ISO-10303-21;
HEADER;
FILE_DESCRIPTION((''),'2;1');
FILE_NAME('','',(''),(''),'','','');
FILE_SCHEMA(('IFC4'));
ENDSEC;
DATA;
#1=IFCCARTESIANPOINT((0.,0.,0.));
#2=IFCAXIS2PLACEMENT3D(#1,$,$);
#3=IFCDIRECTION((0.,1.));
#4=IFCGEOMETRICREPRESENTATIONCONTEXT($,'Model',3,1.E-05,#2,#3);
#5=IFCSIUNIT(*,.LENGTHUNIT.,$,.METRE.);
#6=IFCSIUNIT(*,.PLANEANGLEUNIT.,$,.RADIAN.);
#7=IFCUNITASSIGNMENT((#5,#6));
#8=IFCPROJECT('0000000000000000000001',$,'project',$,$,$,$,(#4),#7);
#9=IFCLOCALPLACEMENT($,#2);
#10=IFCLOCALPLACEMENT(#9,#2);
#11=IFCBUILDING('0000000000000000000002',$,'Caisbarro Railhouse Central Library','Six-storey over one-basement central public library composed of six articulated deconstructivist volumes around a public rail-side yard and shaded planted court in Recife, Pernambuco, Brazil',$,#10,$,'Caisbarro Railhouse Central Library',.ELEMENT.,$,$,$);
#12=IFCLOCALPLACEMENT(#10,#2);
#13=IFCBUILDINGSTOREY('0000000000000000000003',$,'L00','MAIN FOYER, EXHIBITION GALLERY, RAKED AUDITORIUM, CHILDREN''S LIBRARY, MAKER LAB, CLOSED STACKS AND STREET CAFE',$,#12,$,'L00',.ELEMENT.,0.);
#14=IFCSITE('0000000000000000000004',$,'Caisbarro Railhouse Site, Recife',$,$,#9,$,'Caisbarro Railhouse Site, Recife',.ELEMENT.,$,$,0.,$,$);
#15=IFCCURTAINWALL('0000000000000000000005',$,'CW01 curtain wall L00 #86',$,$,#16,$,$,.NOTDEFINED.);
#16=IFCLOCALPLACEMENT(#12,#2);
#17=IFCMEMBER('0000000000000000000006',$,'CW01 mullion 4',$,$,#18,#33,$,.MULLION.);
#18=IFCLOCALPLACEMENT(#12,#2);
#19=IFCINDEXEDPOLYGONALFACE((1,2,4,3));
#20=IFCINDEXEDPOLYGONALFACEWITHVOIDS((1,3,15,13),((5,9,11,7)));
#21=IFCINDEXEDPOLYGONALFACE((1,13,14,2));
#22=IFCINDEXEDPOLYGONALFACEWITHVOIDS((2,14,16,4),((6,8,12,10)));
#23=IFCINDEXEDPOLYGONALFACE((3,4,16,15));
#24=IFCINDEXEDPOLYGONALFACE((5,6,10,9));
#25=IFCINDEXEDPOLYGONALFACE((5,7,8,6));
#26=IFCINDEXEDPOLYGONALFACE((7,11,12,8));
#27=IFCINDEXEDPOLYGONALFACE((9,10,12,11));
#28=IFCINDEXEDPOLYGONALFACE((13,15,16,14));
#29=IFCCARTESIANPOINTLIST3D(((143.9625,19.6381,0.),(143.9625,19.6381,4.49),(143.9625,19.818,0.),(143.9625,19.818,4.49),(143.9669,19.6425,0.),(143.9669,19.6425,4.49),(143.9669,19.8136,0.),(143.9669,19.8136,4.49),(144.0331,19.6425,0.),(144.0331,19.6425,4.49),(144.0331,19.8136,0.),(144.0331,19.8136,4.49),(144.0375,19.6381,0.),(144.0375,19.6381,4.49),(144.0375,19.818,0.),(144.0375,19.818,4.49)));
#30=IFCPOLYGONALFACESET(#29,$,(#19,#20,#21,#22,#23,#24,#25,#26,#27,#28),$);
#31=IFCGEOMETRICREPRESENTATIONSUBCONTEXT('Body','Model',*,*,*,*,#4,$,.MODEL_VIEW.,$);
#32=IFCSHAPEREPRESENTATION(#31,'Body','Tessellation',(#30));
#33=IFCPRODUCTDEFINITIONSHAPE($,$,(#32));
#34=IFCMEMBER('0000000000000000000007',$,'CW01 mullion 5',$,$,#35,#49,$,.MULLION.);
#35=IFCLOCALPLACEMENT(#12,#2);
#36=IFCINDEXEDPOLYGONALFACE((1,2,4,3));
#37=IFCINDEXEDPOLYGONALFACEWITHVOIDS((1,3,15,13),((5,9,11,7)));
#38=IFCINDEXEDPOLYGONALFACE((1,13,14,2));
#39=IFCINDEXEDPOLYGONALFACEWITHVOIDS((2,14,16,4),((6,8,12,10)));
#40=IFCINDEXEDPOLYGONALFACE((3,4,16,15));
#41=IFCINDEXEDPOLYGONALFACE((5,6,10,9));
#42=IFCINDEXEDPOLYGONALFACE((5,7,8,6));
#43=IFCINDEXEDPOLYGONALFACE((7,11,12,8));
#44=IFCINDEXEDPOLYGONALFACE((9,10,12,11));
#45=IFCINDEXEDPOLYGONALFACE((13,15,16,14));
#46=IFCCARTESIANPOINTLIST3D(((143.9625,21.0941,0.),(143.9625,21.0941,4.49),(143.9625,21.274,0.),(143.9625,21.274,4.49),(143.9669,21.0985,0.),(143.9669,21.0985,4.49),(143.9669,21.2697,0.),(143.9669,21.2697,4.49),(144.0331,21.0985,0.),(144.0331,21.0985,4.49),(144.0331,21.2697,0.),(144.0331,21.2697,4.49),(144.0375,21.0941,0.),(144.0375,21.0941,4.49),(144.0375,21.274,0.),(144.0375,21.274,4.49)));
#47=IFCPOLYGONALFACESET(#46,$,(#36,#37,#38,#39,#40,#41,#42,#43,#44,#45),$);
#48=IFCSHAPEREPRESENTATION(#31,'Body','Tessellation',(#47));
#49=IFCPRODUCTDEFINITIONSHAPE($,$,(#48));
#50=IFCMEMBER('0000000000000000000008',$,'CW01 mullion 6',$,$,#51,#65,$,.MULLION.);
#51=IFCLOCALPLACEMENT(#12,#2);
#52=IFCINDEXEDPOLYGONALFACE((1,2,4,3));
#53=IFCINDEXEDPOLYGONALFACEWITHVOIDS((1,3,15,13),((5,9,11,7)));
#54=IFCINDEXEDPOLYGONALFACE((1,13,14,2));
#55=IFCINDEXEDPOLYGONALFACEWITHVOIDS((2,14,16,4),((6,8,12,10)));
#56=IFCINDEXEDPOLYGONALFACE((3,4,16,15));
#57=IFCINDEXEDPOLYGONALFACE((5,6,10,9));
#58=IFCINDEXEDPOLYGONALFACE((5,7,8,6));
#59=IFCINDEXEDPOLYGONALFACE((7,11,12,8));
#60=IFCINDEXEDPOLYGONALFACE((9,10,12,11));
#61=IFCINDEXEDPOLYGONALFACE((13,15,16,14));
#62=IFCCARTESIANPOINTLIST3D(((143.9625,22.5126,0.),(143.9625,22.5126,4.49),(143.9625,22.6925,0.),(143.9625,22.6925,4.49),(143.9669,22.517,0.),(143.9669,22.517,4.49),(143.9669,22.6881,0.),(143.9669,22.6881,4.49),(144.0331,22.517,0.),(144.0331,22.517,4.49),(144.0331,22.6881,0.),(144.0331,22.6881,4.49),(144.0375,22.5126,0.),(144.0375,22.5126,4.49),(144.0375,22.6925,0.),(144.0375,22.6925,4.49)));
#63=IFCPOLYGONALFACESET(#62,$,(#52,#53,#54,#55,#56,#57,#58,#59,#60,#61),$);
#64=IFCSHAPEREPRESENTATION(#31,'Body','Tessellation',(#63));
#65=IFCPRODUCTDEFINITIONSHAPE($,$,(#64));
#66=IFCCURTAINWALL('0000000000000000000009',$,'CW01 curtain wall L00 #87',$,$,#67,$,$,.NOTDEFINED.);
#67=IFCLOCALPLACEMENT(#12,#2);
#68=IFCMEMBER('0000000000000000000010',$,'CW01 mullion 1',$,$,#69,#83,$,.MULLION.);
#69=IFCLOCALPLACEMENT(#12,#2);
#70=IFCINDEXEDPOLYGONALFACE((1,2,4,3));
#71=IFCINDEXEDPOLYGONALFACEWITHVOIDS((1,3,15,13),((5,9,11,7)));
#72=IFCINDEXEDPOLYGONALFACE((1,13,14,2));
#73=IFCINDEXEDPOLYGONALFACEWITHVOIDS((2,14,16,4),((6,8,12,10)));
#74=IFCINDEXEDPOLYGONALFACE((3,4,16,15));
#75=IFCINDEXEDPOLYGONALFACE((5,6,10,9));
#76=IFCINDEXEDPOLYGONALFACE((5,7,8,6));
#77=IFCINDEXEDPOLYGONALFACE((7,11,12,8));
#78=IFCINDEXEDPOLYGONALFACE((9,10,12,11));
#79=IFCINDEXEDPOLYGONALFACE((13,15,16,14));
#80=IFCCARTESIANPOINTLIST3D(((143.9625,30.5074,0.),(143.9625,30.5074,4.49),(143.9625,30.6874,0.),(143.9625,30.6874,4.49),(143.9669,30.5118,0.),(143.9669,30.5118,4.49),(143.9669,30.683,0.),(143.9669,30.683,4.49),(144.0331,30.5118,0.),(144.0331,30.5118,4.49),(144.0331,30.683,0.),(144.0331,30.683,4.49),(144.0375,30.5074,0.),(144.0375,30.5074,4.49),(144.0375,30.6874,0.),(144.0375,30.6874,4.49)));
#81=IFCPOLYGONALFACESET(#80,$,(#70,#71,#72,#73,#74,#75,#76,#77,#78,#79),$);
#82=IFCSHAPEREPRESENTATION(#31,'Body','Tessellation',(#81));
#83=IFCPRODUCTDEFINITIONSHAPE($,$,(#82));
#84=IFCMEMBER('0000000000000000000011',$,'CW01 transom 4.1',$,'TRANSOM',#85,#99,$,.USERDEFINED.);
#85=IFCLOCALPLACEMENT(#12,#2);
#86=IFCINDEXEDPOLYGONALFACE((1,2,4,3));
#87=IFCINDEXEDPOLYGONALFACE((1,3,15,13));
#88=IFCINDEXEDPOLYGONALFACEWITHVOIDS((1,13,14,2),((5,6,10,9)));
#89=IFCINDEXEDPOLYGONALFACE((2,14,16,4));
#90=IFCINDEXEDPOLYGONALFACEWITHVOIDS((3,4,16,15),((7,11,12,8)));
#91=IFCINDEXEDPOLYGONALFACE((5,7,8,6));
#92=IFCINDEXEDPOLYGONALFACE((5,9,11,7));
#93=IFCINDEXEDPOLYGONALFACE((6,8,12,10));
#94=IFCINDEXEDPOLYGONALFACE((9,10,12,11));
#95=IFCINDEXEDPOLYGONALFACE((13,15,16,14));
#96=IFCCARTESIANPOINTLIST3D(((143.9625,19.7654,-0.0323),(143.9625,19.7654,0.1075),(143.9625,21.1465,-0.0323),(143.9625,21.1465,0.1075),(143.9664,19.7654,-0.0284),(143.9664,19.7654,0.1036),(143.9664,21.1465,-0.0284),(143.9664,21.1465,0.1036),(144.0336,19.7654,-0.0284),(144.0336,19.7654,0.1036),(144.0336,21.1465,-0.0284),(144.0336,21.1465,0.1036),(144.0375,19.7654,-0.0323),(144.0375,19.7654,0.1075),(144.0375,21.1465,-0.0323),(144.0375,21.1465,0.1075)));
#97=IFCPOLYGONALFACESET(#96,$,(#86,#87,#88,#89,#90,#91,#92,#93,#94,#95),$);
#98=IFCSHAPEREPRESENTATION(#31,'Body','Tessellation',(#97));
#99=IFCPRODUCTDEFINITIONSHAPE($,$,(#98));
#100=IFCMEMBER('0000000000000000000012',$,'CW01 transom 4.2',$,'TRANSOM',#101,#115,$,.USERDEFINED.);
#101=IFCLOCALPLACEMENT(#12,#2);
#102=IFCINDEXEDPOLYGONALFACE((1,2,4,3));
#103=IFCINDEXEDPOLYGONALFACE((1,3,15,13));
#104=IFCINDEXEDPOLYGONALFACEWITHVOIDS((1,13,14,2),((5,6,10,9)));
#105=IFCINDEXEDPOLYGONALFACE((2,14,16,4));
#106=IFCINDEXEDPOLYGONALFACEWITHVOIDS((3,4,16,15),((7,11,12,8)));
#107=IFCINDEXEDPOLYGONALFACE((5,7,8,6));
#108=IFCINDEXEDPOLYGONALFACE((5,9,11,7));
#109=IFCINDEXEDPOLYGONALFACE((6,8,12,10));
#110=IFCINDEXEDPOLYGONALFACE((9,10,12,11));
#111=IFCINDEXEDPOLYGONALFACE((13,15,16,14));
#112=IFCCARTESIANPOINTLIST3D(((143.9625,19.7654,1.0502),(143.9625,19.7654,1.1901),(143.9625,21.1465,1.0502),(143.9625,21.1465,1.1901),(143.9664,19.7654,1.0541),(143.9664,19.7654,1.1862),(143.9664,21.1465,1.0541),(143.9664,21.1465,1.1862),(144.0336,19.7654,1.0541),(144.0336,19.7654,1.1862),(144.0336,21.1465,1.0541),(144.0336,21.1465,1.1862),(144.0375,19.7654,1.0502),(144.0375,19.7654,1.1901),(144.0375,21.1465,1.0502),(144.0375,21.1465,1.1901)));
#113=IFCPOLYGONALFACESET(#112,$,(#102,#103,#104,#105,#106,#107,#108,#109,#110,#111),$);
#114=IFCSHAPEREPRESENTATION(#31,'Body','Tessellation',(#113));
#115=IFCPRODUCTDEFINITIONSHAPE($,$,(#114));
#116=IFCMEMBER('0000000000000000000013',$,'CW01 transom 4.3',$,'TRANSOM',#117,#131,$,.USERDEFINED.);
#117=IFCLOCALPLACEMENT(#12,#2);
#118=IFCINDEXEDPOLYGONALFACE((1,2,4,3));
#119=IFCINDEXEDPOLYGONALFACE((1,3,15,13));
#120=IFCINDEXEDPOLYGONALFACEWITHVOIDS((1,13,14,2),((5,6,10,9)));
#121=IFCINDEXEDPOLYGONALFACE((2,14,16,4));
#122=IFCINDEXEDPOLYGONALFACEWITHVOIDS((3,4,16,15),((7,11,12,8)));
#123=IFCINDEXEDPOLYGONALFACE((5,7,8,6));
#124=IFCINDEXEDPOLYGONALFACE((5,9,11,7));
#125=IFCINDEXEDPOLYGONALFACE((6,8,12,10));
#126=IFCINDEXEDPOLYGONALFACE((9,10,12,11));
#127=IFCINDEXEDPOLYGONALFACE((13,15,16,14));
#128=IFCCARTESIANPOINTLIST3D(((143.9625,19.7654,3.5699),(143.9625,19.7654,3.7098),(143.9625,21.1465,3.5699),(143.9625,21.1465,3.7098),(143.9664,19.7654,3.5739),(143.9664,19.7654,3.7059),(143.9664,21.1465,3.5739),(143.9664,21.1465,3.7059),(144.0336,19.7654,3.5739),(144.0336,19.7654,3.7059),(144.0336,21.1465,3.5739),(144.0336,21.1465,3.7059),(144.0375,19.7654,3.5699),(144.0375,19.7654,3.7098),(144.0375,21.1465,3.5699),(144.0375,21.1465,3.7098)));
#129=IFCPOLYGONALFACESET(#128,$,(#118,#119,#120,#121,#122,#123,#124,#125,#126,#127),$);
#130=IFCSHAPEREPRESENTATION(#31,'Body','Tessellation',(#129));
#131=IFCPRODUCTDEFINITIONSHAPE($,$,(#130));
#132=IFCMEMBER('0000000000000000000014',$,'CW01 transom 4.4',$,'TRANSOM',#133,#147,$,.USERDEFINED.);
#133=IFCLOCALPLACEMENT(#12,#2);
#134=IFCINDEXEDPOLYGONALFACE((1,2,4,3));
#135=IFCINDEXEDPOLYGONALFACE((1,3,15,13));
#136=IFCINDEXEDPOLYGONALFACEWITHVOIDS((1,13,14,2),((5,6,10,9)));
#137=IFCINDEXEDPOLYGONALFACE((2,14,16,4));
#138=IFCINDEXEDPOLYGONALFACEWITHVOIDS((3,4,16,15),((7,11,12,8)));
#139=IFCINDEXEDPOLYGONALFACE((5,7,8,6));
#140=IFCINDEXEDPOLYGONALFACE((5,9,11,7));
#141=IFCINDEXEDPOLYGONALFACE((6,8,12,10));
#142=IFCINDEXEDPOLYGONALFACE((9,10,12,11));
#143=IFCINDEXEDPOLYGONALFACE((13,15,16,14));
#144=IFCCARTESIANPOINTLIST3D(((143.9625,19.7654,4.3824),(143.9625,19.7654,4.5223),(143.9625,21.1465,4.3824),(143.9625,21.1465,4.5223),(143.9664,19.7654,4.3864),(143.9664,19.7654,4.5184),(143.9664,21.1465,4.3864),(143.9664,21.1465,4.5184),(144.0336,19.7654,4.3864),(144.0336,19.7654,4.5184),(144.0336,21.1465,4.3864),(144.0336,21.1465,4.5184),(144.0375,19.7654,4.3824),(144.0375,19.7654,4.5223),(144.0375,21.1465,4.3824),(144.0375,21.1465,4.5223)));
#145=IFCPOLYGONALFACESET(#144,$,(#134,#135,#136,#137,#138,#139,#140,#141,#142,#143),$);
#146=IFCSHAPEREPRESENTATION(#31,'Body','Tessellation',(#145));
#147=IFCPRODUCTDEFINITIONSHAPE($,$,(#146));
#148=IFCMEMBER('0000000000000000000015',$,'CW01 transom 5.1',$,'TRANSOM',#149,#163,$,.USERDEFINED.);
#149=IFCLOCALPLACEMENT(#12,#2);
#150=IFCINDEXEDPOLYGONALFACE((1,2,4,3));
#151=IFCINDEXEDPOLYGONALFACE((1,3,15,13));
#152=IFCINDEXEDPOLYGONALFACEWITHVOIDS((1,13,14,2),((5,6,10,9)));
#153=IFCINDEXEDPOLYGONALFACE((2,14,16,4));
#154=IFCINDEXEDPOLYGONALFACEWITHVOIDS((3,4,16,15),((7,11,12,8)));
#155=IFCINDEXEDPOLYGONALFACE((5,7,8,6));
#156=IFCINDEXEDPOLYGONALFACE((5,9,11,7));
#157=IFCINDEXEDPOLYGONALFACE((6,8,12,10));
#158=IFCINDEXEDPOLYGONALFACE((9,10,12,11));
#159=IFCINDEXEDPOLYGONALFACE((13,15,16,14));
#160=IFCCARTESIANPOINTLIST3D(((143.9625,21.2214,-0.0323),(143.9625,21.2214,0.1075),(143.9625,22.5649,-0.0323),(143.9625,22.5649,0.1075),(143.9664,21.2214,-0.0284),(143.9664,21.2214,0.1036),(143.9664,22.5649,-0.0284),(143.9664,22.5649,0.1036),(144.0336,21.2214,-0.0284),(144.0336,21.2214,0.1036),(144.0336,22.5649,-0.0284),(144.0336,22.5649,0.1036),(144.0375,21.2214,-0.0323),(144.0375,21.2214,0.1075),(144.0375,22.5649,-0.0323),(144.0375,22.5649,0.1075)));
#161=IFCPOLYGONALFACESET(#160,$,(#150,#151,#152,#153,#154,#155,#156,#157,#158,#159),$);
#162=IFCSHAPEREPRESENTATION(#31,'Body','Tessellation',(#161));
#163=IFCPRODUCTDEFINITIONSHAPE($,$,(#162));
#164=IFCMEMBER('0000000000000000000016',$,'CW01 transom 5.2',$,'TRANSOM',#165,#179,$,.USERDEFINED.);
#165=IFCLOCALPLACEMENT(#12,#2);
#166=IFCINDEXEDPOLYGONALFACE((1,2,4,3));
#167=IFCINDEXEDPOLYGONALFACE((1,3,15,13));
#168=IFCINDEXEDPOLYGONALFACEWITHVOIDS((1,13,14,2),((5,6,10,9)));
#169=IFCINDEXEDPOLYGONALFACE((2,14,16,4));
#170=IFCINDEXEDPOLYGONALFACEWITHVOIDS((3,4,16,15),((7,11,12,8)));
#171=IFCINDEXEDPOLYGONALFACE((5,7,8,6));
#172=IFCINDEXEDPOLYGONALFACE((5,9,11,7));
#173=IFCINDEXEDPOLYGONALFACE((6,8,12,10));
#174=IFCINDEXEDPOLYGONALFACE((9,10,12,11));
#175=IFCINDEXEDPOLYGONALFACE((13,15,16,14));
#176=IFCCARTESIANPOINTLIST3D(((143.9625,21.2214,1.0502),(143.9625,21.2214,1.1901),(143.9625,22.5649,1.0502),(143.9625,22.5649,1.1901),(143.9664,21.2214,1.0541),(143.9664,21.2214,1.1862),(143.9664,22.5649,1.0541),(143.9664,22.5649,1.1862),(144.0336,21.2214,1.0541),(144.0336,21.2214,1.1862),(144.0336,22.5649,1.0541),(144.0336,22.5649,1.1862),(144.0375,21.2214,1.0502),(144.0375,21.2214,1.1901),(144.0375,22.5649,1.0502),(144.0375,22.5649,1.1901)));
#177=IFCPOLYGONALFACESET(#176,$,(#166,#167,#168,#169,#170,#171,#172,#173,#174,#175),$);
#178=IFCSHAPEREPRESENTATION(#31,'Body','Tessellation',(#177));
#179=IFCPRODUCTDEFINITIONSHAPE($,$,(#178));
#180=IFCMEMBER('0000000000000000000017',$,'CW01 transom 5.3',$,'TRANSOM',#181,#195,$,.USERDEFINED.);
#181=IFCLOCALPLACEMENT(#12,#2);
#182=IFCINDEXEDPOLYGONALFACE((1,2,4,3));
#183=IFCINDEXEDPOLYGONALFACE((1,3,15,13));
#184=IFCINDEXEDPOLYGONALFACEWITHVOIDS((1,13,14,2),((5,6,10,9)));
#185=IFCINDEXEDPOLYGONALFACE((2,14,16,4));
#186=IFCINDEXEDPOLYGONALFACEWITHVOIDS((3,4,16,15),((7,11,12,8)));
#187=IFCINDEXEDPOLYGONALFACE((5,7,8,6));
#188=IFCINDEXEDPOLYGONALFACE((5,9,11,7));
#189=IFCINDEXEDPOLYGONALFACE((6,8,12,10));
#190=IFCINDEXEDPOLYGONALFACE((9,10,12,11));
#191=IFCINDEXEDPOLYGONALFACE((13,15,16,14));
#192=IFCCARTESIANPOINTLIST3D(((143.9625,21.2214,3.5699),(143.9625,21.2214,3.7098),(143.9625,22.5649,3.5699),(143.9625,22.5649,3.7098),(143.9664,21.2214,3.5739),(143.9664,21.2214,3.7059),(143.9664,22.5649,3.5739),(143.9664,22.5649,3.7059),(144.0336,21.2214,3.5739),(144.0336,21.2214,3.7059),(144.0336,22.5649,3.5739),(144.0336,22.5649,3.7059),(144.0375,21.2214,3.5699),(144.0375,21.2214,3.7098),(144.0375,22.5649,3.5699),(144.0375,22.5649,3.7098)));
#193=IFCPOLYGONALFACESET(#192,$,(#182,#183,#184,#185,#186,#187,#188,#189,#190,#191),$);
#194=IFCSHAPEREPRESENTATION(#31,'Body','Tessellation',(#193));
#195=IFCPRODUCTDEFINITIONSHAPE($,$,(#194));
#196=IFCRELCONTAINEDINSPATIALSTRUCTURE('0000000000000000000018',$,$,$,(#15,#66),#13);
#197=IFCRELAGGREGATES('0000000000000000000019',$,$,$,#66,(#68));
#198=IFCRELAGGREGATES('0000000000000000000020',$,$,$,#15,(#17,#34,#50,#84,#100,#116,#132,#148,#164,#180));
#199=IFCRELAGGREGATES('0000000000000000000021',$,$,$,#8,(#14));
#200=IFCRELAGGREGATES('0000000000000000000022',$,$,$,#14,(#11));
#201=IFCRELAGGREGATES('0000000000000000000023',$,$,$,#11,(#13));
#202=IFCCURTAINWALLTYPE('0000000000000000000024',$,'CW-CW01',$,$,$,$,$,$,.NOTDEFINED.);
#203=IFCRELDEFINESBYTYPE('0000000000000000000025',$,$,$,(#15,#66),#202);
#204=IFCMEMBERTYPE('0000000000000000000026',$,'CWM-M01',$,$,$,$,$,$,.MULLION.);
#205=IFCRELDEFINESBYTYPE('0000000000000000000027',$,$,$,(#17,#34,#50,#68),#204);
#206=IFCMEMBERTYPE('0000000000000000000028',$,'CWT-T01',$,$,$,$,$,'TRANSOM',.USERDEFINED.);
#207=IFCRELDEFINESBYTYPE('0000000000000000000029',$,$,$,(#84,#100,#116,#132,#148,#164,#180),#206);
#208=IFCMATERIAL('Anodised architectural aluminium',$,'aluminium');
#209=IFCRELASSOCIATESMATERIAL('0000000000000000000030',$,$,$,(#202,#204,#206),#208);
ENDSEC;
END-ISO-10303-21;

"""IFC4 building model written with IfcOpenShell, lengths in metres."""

from ifc_helpers import new_model, si_unit, direction, frame, origin, origin_2d, place, context, subcontext, project, spatial, hollow_rectangle, extrude, material, material_profile, profile_set, type_object, element, aggregate, save


model = new_model("IFC4")

# Units and contexts
model_context = context("Model", 3, precision=1e-05, world=origin(), true_north=direction((0.0, 1.0)))
body_context = subcontext(model_context, "Body", "Model", "MODEL_VIEW")
ifc_project = project(units=[si_unit("LENGTHUNIT", "METRE"), si_unit("PLANEANGLEUNIT", "RADIAN")], contexts=[model_context])

# Site, building, storey
site_placement = place(None, origin())
site = spatial("IfcSite", under=ifc_project, at=site_placement, Name="Caisbarro Railhouse Site, Recife", LongName="Caisbarro Railhouse Site, Recife", CompositionType="ELEMENT", RefElevation=0.0)
building_placement = place(site_placement, origin())
building = spatial("IfcBuilding", under=site, at=building_placement, Name="Caisbarro Railhouse Central Library", Description="Six-storey over one-basement central public library composed of six articulated deconstructivist volumes around a public rail-side yard and shaded planted court in Recife, Pernambuco, Brazil", LongName="Caisbarro Railhouse Central Library", CompositionType="ELEMENT")
storey_placement = place(building_placement, origin())
storey = spatial("IfcBuildingStorey", under=building, at=storey_placement, Name="L00", Description="MAIN FOYER, EXHIBITION GALLERY, RAKED AUDITORIUM, CHILDREN'S LIBRARY, MAKER LAB, CLOSED STACKS AND STREET CAFE", LongName="L00", CompositionType="ELEMENT", Elevation=0.0)

# Curtain wall, members
ifc_material_1 = material(Name="Anodised architectural aluminium", Category="aluminium")
curtain_wall_type = type_object("IfcCurtainWallType", Name="CW-CW01", PredefinedType="NOTDEFINED", material=ifc_material_1)
curtain_wall_1_placement = place(storey_placement, origin())
curtain_wall_1 = element("IfcCurtainWall", 1, at=curtain_wall_1_placement, inside=storey, type_object=curtain_wall_type, Name="CW01 curtain wall L00 #86", PredefinedType="NOTDEFINED")
ifc_material_profile_1 = material_profile(ifc_material_1, hollow_rectangle(XDim=0.075, YDim=0.1799, WallThickness=0.0044, at=origin_2d()), Name="ALU-MUL-75X180")
ifc_profile_set_1 = profile_set([ifc_material_profile_1], Name="Anodised architectural aluminium")
member_type_1 = type_object("IfcMemberType", Name="CWM-M01", PredefinedType="MULLION", material=ifc_profile_set_1)
member_1_placement = place(storey_placement, frame((144.0, 19.728, 0.0), z_axis=(0.0, 0.0, 1.0), x_axis=(-1.0, 0.0, 0.0)))
member_1 = element("IfcMember", 2, at=member_1_placement, type_object=member_type_1, Name="CW01 mullion 4", PredefinedType="MULLION", context=body_context, shape_type="SweptSolid", body=[
    extrude(hollow_rectangle(XDim=0.075, YDim=0.1799, WallThickness=0.0044, at=origin_2d()), origin(), (0.0, 0.0, 1.0), 4.49),
])
member_2_placement = place(storey_placement, frame((144.0, 21.1841, 0.0), z_axis=(0.0, 0.0, 1.0), x_axis=(-1.0, 0.0, 0.0)))
member_2 = element("IfcMember", 3, at=member_2_placement, type_object=member_type_1, Name="CW01 mullion 5", PredefinedType="MULLION", context=body_context, shape_type="SweptSolid", body=[
    extrude(hollow_rectangle(XDim=0.075, YDim=0.1799, WallThickness=0.0044, at=origin_2d()), origin(), (0.0, 0.0, 1.0), 4.49),
])
member_3_placement = place(storey_placement, frame((144.0, 22.6025, 0.0), z_axis=(0.0, 0.0, 1.0), x_axis=(-1.0, 0.0, 0.0)))
member_3 = element("IfcMember", 4, at=member_3_placement, type_object=member_type_1, Name="CW01 mullion 6", PredefinedType="MULLION", context=body_context, shape_type="SweptSolid", body=[
    extrude(hollow_rectangle(XDim=0.075, YDim=0.1799, WallThickness=0.0044, at=origin_2d()), origin(), (0.0, 0.0, 1.0), 4.49),
])

# Curtain wall, member
curtain_wall_2_placement = place(storey_placement, origin())
curtain_wall_2 = element("IfcCurtainWall", 5, at=curtain_wall_2_placement, inside=storey, type_object=curtain_wall_type, Name="CW01 curtain wall L00 #87", PredefinedType="NOTDEFINED")
member_4_placement = place(storey_placement, frame((144.0, 30.5974, 0.0), z_axis=(0.0, 0.0, 1.0), x_axis=(-1.0, 0.0, 0.0)))
member_4 = element("IfcMember", 6, at=member_4_placement, type_object=member_type_1, Name="CW01 mullion 1", PredefinedType="MULLION", context=body_context, shape_type="SweptSolid", body=[
    extrude(hollow_rectangle(XDim=0.075, YDim=0.1799, WallThickness=0.0044, at=origin_2d()), origin(), (0.0, 0.0, 1.0), 4.49),
])

# Members
ifc_material_profile_2 = material_profile(ifc_material_1, hollow_rectangle(XDim=0.075, YDim=0.1399, WallThickness=0.0039, at=origin_2d()), Name="ALU-TRN-75X140")
ifc_profile_set_2 = profile_set([ifc_material_profile_2], Name="Anodised architectural aluminium")
member_type_2 = type_object("IfcMemberType", Name="CWT-T01", ElementType="TRANSOM", PredefinedType="USERDEFINED", material=ifc_profile_set_2)
member_5_placement = place(storey_placement, frame((144.0, 19.7654, 0.0376), z_axis=(0.0, 1.0, 0.0), x_axis=(-1.0, 0.0, 0.0)))
member_5 = element("IfcMember", 7, at=member_5_placement, type_object=member_type_2, Name="CW01 transom 4.1", ObjectType="TRANSOM", PredefinedType="USERDEFINED", context=body_context, shape_type="SweptSolid", body=[
    extrude(hollow_rectangle(XDim=0.075, YDim=0.1399, WallThickness=0.0039, at=origin_2d()), origin(), (0.0, 0.0, 1.0), 1.3811),
])
member_6_placement = place(storey_placement, frame((144.0, 19.7654, 1.1201), z_axis=(0.0, 1.0, 0.0), x_axis=(-1.0, 0.0, 0.0)))
member_6 = element("IfcMember", 8, at=member_6_placement, type_object=member_type_2, Name="CW01 transom 4.2", ObjectType="TRANSOM", PredefinedType="USERDEFINED", context=body_context, shape_type="SweptSolid", body=[
    extrude(hollow_rectangle(XDim=0.075, YDim=0.1399, WallThickness=0.0039, at=origin_2d()), origin(), (0.0, 0.0, 1.0), 1.3811),
])
member_7_placement = place(storey_placement, frame((144.0, 19.7654, 3.6399), z_axis=(0.0, 1.0, 0.0), x_axis=(-1.0, 0.0, 0.0)))
member_7 = element("IfcMember", 9, at=member_7_placement, type_object=member_type_2, Name="CW01 transom 4.3", ObjectType="TRANSOM", PredefinedType="USERDEFINED", context=body_context, shape_type="SweptSolid", body=[
    extrude(hollow_rectangle(XDim=0.075, YDim=0.1399, WallThickness=0.0039, at=origin_2d()), origin(), (0.0, 0.0, 1.0), 1.3811),
])
member_8_placement = place(storey_placement, frame((144.0, 19.7654, 4.4524), z_axis=(0.0, 1.0, 0.0), x_axis=(-1.0, 0.0, 0.0)))
member_8 = element("IfcMember", 10, at=member_8_placement, type_object=member_type_2, Name="CW01 transom 4.4", ObjectType="TRANSOM", PredefinedType="USERDEFINED", context=body_context, shape_type="SweptSolid", body=[
    extrude(hollow_rectangle(XDim=0.075, YDim=0.1399, WallThickness=0.0039, at=origin_2d()), origin(), (0.0, 0.0, 1.0), 1.3811),
])
member_9_placement = place(storey_placement, frame((144.0, 21.2214, 0.0376), z_axis=(0.0, 1.0, 0.0), x_axis=(-1.0, 0.0, 0.0)))
member_9 = element("IfcMember", 11, at=member_9_placement, type_object=member_type_2, Name="CW01 transom 5.1", ObjectType="TRANSOM", PredefinedType="USERDEFINED", context=body_context, shape_type="SweptSolid", body=[
    extrude(hollow_rectangle(XDim=0.075, YDim=0.1399, WallThickness=0.0039, at=origin_2d()), origin(), (0.0, 0.0, 1.0), 1.3435),
])
member_10_placement = place(storey_placement, frame((144.0, 21.2214, 1.1201), z_axis=(0.0, 1.0, 0.0), x_axis=(-1.0, 0.0, 0.0)))
member_10 = element("IfcMember", 12, at=member_10_placement, type_object=member_type_2, Name="CW01 transom 5.2", ObjectType="TRANSOM", PredefinedType="USERDEFINED", context=body_context, shape_type="SweptSolid", body=[
    extrude(hollow_rectangle(XDim=0.075, YDim=0.1399, WallThickness=0.0039, at=origin_2d()), origin(), (0.0, 0.0, 1.0), 1.3435),
])
member_11_placement = place(storey_placement, frame((144.0, 21.2214, 3.6399), z_axis=(0.0, 1.0, 0.0), x_axis=(-1.0, 0.0, 0.0)))
member_11 = element("IfcMember", 13, at=member_11_placement, type_object=member_type_2, Name="CW01 transom 5.3", ObjectType="TRANSOM", PredefinedType="USERDEFINED", context=body_context, shape_type="SweptSolid", body=[
    extrude(hollow_rectangle(XDim=0.075, YDim=0.1399, WallThickness=0.0039, at=origin_2d()), origin(), (0.0, 0.0, 1.0), 1.3435),
])
aggregate(curtain_wall_2, [member_4])

aggregate(curtain_wall_1, [member_1, member_2, member_3, member_5, member_6, member_7, member_8, member_9, member_10, member_11])

save(model, "model.ifc")
